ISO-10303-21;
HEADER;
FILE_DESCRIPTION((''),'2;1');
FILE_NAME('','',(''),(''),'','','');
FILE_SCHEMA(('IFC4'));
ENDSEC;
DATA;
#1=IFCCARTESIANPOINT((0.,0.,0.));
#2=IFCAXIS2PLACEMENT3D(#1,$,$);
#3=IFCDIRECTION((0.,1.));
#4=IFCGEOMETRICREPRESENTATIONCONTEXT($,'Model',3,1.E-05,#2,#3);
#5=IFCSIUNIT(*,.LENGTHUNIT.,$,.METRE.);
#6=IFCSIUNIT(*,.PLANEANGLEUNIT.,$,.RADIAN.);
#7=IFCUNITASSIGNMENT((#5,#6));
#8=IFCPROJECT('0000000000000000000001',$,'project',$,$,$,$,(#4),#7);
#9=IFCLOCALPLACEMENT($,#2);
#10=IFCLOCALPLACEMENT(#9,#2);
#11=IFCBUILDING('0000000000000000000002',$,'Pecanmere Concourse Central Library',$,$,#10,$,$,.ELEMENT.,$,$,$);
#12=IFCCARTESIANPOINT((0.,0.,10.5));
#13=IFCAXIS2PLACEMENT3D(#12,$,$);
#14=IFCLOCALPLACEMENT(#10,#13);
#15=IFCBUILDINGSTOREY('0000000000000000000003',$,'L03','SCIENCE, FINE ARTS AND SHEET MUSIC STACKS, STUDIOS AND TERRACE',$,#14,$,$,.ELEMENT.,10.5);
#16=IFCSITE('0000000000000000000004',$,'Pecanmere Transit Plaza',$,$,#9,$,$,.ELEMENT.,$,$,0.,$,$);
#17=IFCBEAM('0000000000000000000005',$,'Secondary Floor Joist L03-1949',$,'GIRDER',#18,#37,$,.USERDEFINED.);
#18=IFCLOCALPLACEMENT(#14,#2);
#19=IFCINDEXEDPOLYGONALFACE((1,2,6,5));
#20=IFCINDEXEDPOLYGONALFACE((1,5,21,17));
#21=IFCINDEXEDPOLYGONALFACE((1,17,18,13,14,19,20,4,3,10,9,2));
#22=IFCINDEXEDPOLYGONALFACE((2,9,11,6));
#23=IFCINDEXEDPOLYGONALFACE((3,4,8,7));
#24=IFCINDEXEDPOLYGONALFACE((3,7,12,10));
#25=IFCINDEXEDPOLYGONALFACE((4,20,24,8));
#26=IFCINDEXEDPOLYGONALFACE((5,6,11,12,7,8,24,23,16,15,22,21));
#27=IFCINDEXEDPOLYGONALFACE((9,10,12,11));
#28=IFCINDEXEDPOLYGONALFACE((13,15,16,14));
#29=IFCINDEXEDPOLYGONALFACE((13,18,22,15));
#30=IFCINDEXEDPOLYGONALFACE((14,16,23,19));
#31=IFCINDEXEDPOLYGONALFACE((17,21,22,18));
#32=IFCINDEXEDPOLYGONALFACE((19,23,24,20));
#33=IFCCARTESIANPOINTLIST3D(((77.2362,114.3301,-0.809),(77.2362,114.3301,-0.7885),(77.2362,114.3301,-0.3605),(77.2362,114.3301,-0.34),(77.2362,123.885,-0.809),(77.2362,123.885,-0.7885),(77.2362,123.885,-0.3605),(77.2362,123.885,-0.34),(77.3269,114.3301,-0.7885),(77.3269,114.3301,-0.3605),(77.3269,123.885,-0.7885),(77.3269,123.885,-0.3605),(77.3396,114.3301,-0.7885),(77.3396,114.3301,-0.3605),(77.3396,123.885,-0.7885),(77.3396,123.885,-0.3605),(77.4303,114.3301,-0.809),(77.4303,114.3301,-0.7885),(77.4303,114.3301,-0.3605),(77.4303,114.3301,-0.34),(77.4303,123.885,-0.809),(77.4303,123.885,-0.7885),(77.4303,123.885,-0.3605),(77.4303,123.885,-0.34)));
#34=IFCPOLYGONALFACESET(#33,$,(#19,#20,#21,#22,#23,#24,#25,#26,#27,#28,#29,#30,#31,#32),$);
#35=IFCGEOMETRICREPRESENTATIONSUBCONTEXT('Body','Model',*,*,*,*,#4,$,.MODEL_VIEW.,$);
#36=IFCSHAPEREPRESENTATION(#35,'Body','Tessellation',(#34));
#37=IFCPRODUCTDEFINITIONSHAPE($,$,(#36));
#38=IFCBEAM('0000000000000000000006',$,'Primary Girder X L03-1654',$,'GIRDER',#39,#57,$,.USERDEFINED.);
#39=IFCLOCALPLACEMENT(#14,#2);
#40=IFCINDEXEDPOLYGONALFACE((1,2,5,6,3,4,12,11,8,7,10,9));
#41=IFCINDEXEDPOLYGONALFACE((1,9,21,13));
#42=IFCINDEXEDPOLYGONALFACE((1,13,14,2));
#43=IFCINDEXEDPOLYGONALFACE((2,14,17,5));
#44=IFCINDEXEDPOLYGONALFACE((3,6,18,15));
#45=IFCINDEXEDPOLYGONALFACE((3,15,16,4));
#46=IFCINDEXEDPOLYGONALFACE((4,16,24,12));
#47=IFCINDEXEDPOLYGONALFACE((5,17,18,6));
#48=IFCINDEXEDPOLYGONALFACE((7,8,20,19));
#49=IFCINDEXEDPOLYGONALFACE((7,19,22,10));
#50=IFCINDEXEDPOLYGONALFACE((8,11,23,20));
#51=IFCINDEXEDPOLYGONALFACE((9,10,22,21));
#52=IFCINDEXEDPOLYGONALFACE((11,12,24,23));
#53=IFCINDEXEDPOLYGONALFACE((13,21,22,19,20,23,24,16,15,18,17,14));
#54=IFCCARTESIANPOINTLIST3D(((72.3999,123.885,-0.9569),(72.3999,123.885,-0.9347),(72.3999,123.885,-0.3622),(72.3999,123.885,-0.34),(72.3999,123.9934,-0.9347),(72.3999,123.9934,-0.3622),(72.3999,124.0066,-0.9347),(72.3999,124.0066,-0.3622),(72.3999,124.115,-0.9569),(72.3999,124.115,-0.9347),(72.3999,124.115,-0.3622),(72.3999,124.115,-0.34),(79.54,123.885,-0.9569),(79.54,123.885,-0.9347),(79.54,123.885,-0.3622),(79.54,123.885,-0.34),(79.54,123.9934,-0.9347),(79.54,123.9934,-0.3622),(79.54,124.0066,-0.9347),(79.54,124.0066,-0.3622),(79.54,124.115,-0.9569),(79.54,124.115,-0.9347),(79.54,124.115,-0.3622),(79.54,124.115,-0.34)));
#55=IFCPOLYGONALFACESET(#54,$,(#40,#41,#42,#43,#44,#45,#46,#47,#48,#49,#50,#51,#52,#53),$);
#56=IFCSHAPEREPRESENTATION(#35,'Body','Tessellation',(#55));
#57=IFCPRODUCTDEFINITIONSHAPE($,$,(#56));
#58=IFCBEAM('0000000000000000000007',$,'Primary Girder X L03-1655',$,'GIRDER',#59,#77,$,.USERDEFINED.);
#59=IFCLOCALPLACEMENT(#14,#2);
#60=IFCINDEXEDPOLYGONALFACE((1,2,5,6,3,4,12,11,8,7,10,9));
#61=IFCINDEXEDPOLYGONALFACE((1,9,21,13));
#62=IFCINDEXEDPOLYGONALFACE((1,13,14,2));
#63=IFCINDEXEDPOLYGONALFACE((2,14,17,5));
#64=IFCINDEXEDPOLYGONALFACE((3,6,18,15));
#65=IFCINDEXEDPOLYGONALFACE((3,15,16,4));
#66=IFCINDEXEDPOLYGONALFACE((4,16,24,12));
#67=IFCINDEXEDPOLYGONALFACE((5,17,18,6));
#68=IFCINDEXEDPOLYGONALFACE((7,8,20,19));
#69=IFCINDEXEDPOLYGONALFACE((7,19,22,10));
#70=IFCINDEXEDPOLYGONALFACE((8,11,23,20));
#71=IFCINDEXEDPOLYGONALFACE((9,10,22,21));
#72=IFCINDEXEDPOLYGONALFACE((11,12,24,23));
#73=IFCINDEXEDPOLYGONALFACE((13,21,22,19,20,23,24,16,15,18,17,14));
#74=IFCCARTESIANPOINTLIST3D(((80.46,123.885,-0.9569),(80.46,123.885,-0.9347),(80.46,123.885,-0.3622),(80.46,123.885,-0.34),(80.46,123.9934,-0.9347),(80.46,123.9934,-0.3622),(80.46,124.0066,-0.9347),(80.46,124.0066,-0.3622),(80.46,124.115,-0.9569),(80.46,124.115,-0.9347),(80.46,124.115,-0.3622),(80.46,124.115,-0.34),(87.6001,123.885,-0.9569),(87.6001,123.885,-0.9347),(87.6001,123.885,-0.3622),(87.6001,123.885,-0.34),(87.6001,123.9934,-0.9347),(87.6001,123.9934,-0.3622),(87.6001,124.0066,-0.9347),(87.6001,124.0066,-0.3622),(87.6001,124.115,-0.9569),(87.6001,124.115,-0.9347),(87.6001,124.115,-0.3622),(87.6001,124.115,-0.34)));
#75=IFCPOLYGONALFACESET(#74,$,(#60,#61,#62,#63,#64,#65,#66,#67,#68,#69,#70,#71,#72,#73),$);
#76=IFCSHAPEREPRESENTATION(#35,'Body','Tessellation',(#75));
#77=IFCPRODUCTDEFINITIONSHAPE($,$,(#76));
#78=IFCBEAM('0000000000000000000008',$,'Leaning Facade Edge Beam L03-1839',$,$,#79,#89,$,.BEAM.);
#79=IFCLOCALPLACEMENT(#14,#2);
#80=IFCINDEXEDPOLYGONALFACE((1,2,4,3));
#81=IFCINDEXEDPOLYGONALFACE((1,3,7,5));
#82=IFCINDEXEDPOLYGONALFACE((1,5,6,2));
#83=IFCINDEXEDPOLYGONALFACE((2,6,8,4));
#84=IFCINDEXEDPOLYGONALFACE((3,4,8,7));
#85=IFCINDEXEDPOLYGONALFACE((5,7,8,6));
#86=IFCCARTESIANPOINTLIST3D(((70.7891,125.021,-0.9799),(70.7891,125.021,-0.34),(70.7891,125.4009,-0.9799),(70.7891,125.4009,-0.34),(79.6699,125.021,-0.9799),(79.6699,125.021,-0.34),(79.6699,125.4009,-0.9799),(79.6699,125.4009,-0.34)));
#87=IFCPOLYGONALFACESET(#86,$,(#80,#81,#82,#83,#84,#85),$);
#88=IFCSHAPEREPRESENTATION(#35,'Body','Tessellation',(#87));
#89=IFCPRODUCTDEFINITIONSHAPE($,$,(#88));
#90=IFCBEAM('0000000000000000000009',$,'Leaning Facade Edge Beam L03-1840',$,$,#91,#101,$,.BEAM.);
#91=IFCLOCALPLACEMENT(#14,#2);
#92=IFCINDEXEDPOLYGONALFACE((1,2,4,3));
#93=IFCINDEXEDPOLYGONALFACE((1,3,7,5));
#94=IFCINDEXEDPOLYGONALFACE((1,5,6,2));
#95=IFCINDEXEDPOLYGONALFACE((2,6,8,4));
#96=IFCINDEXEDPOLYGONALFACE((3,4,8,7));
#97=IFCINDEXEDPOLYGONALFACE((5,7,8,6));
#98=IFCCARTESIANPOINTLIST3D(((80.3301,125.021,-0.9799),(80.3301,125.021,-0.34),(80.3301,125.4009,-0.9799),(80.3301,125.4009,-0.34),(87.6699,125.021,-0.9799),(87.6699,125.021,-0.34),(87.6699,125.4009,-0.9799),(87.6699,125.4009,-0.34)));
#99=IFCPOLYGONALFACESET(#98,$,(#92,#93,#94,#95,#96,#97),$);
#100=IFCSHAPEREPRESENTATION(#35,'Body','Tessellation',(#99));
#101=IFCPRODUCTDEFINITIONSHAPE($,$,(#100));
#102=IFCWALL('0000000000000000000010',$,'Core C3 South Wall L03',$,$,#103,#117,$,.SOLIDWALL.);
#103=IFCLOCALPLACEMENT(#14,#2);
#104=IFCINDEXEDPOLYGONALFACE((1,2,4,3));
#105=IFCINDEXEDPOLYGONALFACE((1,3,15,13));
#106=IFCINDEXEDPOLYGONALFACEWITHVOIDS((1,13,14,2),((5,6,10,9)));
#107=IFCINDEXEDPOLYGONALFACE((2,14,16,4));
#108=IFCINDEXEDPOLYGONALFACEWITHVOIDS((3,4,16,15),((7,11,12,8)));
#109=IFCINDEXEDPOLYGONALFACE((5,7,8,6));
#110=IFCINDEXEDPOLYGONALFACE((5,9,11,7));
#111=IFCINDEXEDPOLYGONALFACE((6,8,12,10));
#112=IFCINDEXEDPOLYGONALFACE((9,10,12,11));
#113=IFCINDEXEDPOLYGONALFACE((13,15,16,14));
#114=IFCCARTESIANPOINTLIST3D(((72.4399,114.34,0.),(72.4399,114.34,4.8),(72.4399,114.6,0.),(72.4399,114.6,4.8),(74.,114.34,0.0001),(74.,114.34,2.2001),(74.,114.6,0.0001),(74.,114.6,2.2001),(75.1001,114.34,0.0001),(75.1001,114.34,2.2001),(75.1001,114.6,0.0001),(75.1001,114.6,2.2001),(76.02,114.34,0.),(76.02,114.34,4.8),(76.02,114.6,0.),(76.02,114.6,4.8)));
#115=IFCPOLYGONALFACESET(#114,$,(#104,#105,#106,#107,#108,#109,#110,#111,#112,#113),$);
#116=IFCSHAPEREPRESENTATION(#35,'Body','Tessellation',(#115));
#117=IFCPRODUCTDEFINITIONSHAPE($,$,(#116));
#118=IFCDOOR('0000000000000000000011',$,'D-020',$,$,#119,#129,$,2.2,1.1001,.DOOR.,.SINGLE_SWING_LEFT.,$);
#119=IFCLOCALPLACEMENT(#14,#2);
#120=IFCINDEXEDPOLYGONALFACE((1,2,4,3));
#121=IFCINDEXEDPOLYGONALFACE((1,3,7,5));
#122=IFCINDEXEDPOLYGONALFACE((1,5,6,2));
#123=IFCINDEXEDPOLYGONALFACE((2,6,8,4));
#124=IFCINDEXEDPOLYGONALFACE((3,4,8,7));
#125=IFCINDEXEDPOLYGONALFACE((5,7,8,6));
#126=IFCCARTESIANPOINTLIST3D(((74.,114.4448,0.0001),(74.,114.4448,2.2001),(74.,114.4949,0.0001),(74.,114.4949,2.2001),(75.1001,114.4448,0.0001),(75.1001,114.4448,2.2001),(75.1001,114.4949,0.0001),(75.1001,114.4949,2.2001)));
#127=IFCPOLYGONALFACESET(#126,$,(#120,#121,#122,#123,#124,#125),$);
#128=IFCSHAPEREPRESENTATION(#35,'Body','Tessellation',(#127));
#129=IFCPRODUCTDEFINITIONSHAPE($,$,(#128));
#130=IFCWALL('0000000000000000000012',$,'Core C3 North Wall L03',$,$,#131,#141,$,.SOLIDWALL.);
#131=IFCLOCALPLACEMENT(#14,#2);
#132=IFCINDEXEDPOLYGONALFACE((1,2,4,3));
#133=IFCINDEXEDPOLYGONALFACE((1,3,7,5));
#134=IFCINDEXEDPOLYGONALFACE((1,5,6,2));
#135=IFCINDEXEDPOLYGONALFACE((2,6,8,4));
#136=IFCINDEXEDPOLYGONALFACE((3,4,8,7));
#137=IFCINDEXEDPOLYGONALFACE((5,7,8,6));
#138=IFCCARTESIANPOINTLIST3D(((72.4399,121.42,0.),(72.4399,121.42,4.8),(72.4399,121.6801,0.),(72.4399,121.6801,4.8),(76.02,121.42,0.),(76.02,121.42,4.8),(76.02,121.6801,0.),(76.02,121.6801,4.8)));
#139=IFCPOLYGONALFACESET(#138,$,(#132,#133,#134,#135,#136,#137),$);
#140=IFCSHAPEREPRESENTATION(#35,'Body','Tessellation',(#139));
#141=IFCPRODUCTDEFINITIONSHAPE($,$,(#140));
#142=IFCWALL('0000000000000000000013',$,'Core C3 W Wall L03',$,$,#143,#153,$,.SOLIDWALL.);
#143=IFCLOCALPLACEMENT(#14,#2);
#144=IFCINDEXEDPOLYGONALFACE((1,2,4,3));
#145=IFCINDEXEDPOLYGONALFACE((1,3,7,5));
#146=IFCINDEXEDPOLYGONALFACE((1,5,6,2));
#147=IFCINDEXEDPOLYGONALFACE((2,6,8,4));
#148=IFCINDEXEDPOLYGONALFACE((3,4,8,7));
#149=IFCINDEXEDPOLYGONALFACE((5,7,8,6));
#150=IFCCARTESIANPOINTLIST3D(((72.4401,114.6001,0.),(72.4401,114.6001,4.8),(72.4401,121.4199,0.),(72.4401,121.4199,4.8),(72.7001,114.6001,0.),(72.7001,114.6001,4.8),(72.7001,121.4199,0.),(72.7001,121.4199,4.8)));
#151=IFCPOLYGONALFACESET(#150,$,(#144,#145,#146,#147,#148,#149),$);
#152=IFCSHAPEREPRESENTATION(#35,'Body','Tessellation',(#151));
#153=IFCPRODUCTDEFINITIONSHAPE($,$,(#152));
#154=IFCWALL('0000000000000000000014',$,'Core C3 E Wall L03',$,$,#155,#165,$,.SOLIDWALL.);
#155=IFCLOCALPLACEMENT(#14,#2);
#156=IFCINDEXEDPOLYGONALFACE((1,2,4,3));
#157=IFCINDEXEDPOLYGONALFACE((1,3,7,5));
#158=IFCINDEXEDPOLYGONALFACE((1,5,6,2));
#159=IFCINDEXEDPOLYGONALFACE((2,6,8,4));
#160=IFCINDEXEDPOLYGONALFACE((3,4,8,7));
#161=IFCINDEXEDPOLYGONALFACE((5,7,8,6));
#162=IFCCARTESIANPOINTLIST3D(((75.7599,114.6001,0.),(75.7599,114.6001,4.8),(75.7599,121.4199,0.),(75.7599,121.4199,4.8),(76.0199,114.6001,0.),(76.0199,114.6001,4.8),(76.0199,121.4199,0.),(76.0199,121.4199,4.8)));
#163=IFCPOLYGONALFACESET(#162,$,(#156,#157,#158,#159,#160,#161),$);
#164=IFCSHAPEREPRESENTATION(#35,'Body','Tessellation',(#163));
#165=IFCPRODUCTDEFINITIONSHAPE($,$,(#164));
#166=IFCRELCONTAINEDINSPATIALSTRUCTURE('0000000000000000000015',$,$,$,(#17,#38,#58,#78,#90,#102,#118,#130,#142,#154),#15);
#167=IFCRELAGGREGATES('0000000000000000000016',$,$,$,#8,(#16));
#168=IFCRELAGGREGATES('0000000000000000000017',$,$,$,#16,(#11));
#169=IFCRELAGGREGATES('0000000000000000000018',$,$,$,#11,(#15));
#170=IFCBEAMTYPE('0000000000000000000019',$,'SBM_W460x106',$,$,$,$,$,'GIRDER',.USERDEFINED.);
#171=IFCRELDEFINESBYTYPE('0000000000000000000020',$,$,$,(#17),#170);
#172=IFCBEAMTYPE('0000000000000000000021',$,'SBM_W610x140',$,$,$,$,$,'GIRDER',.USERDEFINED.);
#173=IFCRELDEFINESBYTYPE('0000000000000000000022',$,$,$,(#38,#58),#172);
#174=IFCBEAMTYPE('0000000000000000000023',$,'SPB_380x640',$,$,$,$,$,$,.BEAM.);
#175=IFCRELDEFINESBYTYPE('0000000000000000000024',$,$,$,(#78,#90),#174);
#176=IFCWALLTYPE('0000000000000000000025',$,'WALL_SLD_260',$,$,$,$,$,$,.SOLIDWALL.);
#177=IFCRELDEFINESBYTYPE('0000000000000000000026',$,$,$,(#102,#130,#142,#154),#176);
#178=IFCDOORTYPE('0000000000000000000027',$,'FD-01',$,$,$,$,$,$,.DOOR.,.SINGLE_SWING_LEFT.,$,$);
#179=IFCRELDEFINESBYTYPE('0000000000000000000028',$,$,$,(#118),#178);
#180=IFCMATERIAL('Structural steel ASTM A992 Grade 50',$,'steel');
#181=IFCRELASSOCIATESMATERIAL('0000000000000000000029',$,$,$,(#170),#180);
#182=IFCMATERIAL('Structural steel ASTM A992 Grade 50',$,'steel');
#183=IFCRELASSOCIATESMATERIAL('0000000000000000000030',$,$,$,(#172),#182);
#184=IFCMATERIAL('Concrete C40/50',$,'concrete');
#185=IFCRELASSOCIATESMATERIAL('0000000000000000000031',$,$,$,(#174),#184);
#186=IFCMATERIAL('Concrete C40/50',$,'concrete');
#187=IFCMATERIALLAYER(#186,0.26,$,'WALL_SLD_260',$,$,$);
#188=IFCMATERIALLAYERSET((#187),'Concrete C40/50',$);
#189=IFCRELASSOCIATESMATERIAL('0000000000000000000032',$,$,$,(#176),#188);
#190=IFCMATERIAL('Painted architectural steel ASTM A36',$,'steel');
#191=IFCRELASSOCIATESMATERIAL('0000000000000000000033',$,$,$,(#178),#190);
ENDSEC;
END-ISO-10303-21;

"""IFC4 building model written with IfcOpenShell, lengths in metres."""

from ifc_helpers import new_model, si_unit, direction, frame, frame_2d, origin, origin_2d, place, context, subcontext, project, spatial, rectangle, i_section, extrude, material, layer, layer_set, material_profile, profile_set, type_object, element, fill, save


model = new_model("IFC4")

# Units and contexts
model_context = context("Model", 3, precision=1e-05, world=origin(), true_north=direction((0.0, 1.0)))
body_context = subcontext(model_context, "Body", "Model", "MODEL_VIEW")
ifc_project = project(units=[si_unit("LENGTHUNIT", "METRE"), si_unit("PLANEANGLEUNIT", "RADIAN")], contexts=[model_context])

# Site, building, storey
site_placement = place(None, origin())
site = spatial("IfcSite", under=ifc_project, at=site_placement, Name="Pecanmere Transit Plaza", CompositionType="ELEMENT", RefElevation=0.0)
building_placement = place(site_placement, origin())
building = spatial("IfcBuilding", under=site, at=building_placement, Name="Pecanmere Concourse Central Library", CompositionType="ELEMENT")
storey_placement = place(building_placement, frame((0.0, 0.0, 10.5)))
storey = spatial("IfcBuildingStorey", under=building, at=storey_placement, Name="L03", Description="SCIENCE, FINE ARTS AND SHEET MUSIC STACKS, STUDIOS AND TERRACE", CompositionType="ELEMENT", Elevation=10.5)

# Beams
ifc_material_1 = material(Name="Structural steel ASTM A992 Grade 50", Category="steel")
ifc_material_profile_1 = material_profile(ifc_material_1, i_section(OverallWidth=0.1941, OverallDepth=0.469, WebThickness=0.0127, FlangeThickness=0.0205, at=origin_2d()), Name="W460x106")
ifc_profile_set_1 = profile_set([ifc_material_profile_1], Name="Structural steel ASTM A992 Grade 50")
beam_type_1 = type_object("IfcBeamType", Name="SBM_W460x106", ElementType="GIRDER", PredefinedType="USERDEFINED", material=ifc_profile_set_1)
beam_1_placement = place(storey_placement, frame((77.3333, 114.3301, -0.5745), z_axis=(0.0, 1.0, 0.0), x_axis=(-1.0, 0.0, 0.0)))
element("IfcBeam", 1, at=beam_1_placement, inside=storey, type_object=beam_type_1, Name="Secondary Floor Joist L03-1949", ObjectType="GIRDER", PredefinedType="USERDEFINED", context=body_context, shape_type="SweptSolid", body=[
    extrude(i_section(OverallWidth=0.1941, OverallDepth=0.469, WebThickness=0.0127, FlangeThickness=0.0205, at=origin_2d()), origin(), (0.0, 0.0, 1.0), 9.5549),
])
ifc_material_2 = material(Name="Structural steel ASTM A992 Grade 50", Category="steel")
ifc_material_profile_2 = material_profile(ifc_material_2, i_section(OverallWidth=0.23, OverallDepth=0.6169, WebThickness=0.0132, FlangeThickness=0.0222, at=origin_2d()), Name="W610x140")
ifc_profile_set_2 = profile_set([ifc_material_profile_2], Name="Structural steel ASTM A992 Grade 50")
beam_type_2 = type_object("IfcBeamType", Name="SBM_W610x140", ElementType="GIRDER", PredefinedType="USERDEFINED", material=ifc_profile_set_2)
for number, where, z_axis, x_axis, name in (
    (2, (72.3999, 124.0, -0.6484), (1.0, 0.0, 0.0), (0.0, 1.0, 0.0), "Primary Girder X L03-1654"),
    (3, (80.46, 124.0, -0.6484), (1.0, 0.0, 0.0), (0.0, 1.0, 0.0), "Primary Girder X L03-1655"),
):
    element("IfcBeam", number, at=place(storey_placement, frame(where, z_axis=z_axis, x_axis=x_axis)), inside=storey, type_object=beam_type_2, Name=name, ObjectType="GIRDER", PredefinedType="USERDEFINED", context=body_context, shape_type="SweptSolid", body=[
        extrude(i_section(OverallWidth=0.23, OverallDepth=0.6169, WebThickness=0.0132, FlangeThickness=0.0222, at=origin_2d()), origin(), (0.0, 0.0, 1.0), 7.1401),
    ])
ifc_material_3 = material(Name="Concrete C40/50", Category="concrete")
ifc_material_profile_3 = material_profile(ifc_material_3, rectangle(XDim=0.3799, YDim=0.6399, at=origin_2d()), Name="RC 380x640")
ifc_profile_set_3 = profile_set([ifc_material_profile_3], Name="Concrete C40/50")
beam_type_3 = type_object("IfcBeamType", Name="SPB_380x640", PredefinedType="BEAM", material=ifc_profile_set_3)
beam_2_placement = place(storey_placement, frame((70.7891, 125.2109, -0.6599), z_axis=(1.0, 0.0, 0.0), x_axis=(0.0, 1.0, 0.0)))
element("IfcBeam", 4, at=beam_2_placement, inside=storey, type_object=beam_type_3, Name="Leaning Facade Edge Beam L03-1839", PredefinedType="BEAM", context=body_context, shape_type="SweptSolid", body=[
    extrude(rectangle(XDim=0.3799, YDim=0.6399, at=origin_2d()), origin(), (0.0, 0.0, 1.0), 8.8809),
])
beam_3_placement = place(storey_placement, frame((80.3301, 125.2109, -0.6599), z_axis=(1.0, 0.0, 0.0), x_axis=(0.0, 1.0, 0.0)))
element("IfcBeam", 5, at=beam_3_placement, inside=storey, type_object=beam_type_3, Name="Leaning Facade Edge Beam L03-1840", PredefinedType="BEAM", context=body_context, shape_type="SweptSolid", body=[
    extrude(rectangle(XDim=0.3799, YDim=0.6399, at=origin_2d()), origin(), (0.0, 0.0, 1.0), 7.3398),
])

# Wall, opening, door
ifc_material_4 = material(Name="Concrete C40/50", Category="concrete")
ifc_layer = layer(ifc_material_4, 0.26, Name="WALL_SLD_260")
ifc_layer_set = layer_set([ifc_layer], Name="Concrete C40/50")
wall_type = type_object("IfcWallType", Name="WALL_SLD_260", PredefinedType="SOLIDWALL", material=ifc_layer_set)
wall_1_placement = place(storey_placement, frame((72.4399, 114.47, 0.0), z_axis=(0.0, 0.0, 1.0), x_axis=(1.0, 0.0, 0.0)))
wall_1 = element("IfcWall", 6, at=wall_1_placement, inside=storey, type_object=wall_type, Name="Core C3 South Wall L03", PredefinedType="SOLIDWALL", context=body_context, shape_type="SweptSolid", body=[
    extrude(rectangle(XDim=3.5801, YDim=0.26, at=frame_2d((1.79, 0.0))), origin(), (0.0, 0.0, 1.0), 4.8),
])
opening_placement = place(wall_1_placement, frame((1.5601, 0.0, 0.0)))
opening = element("IfcOpeningElement", 7, at=opening_placement, cuts=wall_1, PredefinedType="OPENING", context=body_context, shape_type="SweptSolid", body=[
    extrude(rectangle(XDim=1.1001, YDim=2.2, at=frame_2d((0.55, 1.1001))), frame((0.0, 0.1421, 0.0), z_axis=(0.0, -1.0, 0.0), x_axis=(1.0, 0.0, 0.0)), (0.0, 0.0, 1.0), 0.2839),
])
ifc_material_5 = material(Name="Painted architectural steel ASTM A36", Category="steel")
door_type = type_object("IfcDoorType", Name="FD-01", OperationType="SINGLE_SWING_LEFT", PredefinedType="DOOR", material=ifc_material_5)
door_placement = place(opening_placement, origin())
door = element("IfcDoor", 8, at=door_placement, inside=storey, type_object=door_type, Name="D-020", OperationType="SINGLE_SWING_LEFT", OverallHeight=2.2, OverallWidth=1.1001, PredefinedType="DOOR", context=body_context, shape_type="SweptSolid", body=[
    extrude(rectangle(XDim=1.1001, YDim=2.2, at=frame_2d((0.55, 1.1001))), frame((0.0, 0.0249, 0.0), z_axis=(0.0, -1.0, 0.0), x_axis=(1.0, 0.0, 0.0)), (0.0, 0.0, 1.0), 0.05),
])
fill(opening, door)

# Walls
wall_2_placement = place(storey_placement, frame((72.4399, 121.55, 0.0), z_axis=(0.0, 0.0, 1.0), x_axis=(1.0, 0.0, 0.0)))
element("IfcWall", 9, at=wall_2_placement, inside=storey, type_object=wall_type, Name="Core C3 North Wall L03", PredefinedType="SOLIDWALL", context=body_context, shape_type="SweptSolid", body=[
    extrude(rectangle(XDim=3.5801, YDim=0.26, at=frame_2d((1.79, 0.0))), origin(), (0.0, 0.0, 1.0), 4.8),
])
for number, where, z_axis, x_axis, name in (
    (10, (72.5701, 114.6001, 0.0), (0.0, 0.0, 1.0), (0.0, 1.0, 0.0), "Core C3 W Wall L03"),
    (11, (75.8899, 114.6001, 0.0), (0.0, 0.0, 1.0), (0.0, 1.0, 0.0), "Core C3 E Wall L03"),
):
    element("IfcWall", number, at=place(storey_placement, frame(where, z_axis=z_axis, x_axis=x_axis)), inside=storey, type_object=wall_type, Name=name, PredefinedType="SOLIDWALL", context=body_context, shape_type="SweptSolid", body=[
        extrude(rectangle(XDim=6.8198, YDim=0.26, at=frame_2d((3.4099, 0.0))), origin(), (0.0, 0.0, 1.0), 4.8),
    ])

save(model, "model.ifc")
